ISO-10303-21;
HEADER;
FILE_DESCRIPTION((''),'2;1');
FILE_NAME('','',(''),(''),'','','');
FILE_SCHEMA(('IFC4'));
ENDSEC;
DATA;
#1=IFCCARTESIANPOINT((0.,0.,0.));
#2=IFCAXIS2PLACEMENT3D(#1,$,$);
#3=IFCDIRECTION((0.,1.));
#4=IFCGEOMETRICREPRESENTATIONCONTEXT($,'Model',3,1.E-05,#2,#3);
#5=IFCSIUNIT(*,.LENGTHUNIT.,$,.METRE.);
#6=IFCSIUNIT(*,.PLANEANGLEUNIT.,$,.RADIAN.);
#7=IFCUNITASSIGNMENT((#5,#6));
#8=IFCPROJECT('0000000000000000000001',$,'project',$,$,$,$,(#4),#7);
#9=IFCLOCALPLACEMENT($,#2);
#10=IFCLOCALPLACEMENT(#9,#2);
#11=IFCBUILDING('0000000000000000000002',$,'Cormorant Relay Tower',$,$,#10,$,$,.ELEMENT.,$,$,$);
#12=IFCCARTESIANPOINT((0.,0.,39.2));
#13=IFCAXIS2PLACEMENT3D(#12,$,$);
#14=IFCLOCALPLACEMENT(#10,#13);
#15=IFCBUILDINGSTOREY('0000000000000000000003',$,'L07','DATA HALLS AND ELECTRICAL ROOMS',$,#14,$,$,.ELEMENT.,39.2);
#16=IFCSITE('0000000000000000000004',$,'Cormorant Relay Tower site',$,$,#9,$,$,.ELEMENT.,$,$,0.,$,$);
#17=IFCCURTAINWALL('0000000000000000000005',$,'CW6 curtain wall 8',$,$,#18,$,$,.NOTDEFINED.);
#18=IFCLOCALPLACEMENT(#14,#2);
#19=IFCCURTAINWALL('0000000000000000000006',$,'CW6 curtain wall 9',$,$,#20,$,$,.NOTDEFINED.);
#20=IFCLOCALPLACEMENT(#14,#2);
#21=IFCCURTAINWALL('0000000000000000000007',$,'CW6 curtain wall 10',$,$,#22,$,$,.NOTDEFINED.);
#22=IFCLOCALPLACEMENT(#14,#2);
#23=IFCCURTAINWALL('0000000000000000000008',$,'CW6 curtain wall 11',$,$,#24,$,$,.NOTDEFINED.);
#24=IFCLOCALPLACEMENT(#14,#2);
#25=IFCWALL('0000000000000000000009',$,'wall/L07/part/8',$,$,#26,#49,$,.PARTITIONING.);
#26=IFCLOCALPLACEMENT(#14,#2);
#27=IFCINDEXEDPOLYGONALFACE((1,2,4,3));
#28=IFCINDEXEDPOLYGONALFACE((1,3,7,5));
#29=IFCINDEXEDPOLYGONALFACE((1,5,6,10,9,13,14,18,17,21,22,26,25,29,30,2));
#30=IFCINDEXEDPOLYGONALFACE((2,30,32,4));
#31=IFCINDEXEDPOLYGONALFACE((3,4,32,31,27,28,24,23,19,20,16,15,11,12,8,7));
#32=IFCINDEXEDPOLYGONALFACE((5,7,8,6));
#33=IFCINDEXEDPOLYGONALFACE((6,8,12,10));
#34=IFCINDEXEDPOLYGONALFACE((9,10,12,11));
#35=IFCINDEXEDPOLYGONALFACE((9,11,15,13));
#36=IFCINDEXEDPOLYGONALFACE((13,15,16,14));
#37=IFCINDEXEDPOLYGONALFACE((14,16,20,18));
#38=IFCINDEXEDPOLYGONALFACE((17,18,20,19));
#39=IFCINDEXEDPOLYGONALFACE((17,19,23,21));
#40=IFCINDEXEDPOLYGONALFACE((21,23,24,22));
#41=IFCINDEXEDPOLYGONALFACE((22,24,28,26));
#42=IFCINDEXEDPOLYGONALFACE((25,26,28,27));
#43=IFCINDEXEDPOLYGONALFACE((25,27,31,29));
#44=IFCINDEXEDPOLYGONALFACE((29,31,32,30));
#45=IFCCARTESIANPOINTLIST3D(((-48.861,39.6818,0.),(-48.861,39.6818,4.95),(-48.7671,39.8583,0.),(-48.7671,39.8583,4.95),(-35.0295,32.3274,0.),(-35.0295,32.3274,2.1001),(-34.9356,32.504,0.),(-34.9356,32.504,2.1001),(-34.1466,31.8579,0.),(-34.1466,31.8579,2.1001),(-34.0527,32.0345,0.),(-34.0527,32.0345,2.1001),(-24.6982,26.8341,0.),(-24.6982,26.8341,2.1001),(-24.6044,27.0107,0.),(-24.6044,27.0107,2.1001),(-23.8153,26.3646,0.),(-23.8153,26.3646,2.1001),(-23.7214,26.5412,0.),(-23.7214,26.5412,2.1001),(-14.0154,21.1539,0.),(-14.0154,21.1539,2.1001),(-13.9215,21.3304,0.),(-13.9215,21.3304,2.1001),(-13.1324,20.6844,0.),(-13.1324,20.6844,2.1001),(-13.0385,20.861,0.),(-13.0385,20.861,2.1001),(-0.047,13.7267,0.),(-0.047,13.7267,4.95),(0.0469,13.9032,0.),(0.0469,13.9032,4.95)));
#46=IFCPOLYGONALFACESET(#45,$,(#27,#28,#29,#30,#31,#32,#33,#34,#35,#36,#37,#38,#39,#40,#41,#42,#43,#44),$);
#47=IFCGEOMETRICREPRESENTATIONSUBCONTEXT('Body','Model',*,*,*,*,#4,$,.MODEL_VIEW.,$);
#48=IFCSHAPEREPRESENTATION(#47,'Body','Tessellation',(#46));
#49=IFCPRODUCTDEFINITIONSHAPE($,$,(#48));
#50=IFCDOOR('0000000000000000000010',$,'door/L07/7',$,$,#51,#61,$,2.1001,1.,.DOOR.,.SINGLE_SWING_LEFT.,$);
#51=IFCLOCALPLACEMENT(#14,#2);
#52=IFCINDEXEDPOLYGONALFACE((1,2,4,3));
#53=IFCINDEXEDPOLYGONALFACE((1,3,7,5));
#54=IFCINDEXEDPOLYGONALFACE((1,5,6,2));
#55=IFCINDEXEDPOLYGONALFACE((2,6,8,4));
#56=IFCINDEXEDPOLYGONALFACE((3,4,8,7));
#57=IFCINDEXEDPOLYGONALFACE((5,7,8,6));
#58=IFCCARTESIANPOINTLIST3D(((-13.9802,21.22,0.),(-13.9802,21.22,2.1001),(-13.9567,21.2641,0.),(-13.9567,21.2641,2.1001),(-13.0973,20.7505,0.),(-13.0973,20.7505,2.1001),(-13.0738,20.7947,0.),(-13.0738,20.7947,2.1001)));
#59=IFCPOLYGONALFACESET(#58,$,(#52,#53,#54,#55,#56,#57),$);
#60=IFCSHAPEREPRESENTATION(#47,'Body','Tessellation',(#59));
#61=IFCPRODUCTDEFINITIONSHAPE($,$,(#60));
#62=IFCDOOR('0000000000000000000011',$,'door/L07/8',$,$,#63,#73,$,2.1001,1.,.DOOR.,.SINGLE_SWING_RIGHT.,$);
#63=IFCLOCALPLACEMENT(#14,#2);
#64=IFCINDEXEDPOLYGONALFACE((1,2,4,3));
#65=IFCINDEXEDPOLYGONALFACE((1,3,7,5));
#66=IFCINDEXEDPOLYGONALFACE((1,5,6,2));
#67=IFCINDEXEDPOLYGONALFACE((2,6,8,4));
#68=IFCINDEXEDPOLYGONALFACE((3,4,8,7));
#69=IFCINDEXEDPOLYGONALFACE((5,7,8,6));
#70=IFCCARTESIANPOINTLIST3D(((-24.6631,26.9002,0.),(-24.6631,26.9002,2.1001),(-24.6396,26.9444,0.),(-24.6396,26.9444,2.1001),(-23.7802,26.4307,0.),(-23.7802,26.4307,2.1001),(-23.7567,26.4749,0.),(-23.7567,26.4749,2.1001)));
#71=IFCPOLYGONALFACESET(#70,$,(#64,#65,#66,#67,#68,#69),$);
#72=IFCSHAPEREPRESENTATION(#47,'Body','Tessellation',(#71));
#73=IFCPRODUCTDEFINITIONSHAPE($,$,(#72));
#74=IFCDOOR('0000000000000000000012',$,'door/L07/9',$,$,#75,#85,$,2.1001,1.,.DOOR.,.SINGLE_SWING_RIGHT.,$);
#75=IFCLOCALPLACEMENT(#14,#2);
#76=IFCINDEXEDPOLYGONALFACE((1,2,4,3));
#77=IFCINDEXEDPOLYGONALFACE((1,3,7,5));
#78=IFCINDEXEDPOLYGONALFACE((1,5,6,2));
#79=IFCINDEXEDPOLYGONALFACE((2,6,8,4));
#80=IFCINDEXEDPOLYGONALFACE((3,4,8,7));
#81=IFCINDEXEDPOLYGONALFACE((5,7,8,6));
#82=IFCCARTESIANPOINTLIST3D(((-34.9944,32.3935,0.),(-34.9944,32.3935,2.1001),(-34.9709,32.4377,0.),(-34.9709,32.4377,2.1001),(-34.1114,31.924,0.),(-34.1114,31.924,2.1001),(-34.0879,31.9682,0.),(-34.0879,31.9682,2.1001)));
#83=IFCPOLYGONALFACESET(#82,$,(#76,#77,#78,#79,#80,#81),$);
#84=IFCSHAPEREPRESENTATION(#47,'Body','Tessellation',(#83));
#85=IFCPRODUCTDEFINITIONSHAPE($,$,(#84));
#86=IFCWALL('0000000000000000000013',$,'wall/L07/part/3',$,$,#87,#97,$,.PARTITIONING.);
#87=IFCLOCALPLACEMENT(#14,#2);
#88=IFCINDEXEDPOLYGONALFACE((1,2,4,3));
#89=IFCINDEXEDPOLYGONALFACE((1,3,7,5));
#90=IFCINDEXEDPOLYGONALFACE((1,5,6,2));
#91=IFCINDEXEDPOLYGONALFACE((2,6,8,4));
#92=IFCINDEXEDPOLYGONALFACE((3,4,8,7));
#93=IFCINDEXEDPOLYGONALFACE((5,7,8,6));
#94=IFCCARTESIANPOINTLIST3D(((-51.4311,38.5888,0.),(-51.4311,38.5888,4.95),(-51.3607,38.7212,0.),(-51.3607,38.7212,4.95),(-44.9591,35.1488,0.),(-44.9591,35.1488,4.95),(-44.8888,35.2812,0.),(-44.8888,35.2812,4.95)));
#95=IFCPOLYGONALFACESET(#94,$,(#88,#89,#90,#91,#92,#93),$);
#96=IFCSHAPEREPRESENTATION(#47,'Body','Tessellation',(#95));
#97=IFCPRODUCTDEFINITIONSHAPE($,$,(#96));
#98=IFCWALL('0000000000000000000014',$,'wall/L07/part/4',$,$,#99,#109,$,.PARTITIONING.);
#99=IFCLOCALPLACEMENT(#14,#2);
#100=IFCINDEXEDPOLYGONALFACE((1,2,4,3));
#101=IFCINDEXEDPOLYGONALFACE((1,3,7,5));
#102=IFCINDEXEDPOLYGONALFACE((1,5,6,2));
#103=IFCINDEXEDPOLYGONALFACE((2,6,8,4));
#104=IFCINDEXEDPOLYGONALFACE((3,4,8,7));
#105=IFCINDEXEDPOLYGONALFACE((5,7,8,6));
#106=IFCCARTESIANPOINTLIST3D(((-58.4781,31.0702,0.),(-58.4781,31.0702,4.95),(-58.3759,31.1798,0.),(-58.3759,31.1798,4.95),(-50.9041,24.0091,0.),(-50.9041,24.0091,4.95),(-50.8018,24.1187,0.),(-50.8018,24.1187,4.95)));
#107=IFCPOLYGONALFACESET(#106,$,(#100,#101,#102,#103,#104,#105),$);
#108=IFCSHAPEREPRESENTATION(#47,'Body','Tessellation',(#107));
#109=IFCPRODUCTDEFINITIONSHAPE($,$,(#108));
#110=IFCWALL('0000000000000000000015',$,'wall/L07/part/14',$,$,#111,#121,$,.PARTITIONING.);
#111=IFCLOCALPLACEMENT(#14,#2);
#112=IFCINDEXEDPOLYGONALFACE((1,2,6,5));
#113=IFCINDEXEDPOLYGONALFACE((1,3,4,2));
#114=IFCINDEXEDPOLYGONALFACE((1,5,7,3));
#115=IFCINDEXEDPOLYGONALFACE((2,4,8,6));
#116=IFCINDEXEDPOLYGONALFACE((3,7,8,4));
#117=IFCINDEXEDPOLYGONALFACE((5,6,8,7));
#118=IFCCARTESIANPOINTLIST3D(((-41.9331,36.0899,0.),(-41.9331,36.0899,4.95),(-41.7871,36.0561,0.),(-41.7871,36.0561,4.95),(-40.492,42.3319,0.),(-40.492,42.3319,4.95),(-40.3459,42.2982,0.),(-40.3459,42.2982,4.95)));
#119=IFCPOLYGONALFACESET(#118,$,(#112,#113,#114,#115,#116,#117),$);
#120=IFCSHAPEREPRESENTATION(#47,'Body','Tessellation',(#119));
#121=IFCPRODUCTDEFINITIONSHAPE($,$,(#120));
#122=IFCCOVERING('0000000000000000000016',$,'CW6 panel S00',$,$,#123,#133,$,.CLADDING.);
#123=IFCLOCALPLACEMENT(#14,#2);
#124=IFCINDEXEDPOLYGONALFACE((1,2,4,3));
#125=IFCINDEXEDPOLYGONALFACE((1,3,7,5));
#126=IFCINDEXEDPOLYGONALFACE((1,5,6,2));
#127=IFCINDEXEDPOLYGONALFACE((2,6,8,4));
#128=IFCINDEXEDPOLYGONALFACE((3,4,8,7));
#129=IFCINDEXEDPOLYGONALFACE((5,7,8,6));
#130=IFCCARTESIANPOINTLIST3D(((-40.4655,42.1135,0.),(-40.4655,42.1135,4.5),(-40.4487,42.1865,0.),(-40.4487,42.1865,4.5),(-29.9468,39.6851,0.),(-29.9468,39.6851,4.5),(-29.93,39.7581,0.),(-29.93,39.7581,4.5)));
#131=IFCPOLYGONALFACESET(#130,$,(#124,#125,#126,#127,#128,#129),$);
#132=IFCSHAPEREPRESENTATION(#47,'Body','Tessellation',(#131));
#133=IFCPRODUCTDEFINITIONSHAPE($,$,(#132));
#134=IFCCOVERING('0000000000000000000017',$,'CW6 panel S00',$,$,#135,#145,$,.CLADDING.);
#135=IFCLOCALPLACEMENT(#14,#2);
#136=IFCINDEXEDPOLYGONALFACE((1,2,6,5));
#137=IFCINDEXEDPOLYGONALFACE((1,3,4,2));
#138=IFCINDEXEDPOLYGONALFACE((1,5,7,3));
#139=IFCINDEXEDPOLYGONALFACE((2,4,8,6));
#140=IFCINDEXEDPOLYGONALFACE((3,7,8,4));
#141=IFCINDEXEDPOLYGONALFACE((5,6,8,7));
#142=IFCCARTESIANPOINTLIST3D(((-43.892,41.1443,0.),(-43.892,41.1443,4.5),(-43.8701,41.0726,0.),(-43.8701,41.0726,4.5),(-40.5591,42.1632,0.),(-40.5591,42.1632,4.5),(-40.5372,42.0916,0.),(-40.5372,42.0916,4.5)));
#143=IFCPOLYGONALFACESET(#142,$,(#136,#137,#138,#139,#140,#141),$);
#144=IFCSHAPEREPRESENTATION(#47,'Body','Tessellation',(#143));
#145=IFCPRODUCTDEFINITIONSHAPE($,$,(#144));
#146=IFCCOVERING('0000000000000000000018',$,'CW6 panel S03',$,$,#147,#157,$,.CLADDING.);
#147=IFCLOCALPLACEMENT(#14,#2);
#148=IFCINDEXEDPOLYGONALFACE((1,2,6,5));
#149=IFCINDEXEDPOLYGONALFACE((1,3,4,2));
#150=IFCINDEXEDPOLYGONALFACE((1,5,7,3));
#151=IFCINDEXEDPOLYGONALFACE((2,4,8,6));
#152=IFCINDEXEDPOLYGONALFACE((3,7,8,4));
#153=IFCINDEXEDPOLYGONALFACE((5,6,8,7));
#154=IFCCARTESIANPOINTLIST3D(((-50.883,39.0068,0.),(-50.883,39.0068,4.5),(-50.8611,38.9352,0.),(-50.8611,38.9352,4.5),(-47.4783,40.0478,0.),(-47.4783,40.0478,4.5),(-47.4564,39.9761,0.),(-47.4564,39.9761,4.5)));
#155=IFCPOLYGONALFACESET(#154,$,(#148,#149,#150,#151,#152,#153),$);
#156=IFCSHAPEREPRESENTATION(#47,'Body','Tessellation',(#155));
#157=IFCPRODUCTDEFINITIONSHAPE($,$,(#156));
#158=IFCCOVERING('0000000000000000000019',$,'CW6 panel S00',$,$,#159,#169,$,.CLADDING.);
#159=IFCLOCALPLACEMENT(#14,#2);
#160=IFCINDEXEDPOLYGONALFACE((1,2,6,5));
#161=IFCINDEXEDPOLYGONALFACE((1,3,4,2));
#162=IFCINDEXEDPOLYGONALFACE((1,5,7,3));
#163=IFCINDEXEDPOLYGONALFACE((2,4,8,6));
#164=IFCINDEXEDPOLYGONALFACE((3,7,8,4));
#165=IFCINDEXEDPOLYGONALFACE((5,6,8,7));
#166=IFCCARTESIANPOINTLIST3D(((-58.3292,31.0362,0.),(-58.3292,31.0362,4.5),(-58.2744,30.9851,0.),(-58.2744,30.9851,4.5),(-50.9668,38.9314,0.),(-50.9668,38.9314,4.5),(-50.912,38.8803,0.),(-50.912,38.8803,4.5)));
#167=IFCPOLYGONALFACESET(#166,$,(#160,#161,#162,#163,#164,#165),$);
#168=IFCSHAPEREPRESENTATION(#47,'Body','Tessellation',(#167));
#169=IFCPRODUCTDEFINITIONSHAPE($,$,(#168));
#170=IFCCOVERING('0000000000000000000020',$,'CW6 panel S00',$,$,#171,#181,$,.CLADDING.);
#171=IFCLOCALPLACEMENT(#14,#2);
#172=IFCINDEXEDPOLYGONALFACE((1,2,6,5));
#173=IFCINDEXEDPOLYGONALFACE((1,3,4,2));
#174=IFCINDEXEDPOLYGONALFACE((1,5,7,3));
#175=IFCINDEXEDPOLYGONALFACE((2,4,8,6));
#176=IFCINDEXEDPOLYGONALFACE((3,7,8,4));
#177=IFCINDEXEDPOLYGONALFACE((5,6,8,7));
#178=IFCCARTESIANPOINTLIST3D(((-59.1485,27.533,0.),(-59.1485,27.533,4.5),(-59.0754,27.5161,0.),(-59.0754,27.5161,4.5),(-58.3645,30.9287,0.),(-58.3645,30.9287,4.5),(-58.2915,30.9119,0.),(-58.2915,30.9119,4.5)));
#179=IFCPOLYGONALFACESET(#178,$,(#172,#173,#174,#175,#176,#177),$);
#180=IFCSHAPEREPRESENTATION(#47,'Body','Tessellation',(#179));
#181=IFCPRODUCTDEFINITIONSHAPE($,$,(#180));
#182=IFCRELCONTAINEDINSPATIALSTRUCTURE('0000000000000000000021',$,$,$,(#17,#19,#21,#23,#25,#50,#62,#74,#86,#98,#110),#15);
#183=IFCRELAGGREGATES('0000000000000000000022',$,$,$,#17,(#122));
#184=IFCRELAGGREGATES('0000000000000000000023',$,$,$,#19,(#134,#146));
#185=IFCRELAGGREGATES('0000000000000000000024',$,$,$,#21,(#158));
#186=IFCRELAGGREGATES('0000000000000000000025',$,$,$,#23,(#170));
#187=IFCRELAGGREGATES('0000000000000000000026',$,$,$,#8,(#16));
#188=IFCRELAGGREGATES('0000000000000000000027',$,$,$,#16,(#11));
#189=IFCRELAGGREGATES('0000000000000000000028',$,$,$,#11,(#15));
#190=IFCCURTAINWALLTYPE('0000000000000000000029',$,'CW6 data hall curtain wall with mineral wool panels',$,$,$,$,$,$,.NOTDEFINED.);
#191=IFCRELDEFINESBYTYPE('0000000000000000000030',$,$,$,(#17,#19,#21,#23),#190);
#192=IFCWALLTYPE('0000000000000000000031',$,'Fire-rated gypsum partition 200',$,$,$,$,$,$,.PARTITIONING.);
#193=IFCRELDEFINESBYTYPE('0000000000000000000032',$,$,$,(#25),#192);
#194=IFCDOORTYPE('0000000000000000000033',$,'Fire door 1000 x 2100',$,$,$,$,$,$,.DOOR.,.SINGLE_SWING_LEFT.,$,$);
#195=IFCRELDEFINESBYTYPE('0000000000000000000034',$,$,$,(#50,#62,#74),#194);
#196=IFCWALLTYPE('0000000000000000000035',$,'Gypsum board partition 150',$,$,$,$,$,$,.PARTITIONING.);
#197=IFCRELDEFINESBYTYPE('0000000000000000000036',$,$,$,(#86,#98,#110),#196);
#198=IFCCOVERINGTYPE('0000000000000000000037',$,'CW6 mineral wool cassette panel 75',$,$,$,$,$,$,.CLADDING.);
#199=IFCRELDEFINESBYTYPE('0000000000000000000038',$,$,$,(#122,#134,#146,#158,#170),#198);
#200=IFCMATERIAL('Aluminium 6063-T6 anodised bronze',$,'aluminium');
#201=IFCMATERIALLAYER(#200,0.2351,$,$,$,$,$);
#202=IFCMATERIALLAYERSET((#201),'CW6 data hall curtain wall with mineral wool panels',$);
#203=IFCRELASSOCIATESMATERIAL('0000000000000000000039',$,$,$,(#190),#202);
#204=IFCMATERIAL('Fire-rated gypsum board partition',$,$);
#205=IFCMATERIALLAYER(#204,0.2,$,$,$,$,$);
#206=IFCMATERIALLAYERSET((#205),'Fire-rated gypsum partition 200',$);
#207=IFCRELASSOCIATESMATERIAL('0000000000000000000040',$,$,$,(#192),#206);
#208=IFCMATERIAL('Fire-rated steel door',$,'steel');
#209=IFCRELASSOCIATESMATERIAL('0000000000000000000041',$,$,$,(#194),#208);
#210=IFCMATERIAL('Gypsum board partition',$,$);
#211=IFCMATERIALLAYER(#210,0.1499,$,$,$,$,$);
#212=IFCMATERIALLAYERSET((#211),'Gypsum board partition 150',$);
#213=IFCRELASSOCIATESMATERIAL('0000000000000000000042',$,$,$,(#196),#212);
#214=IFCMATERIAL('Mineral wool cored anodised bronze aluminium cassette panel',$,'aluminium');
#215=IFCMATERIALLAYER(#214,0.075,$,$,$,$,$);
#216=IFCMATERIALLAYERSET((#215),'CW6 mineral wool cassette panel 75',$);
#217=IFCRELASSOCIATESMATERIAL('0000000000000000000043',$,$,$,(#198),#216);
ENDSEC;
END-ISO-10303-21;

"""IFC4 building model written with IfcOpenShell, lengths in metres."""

from ifc_helpers import new_model, si_unit, direction, frame, frame_2d, origin, origin_2d, place, context, subcontext, project, spatial, rectangle, extrude, material, layer, layer_set, type_object, element, fill, aggregate, save


model = new_model("IFC4")

# Units and contexts
model_context = context("Model", 3, precision=1e-05, world=origin(), true_north=direction((0.0, 1.0)))
body_context = subcontext(model_context, "Body", "Model", "MODEL_VIEW")
ifc_project = project(units=[si_unit("LENGTHUNIT", "METRE"), si_unit("PLANEANGLEUNIT", "RADIAN")], contexts=[model_context])

# Site, building, storey
site_placement = place(None, origin())
site = spatial("IfcSite", under=ifc_project, at=site_placement, Name="Cormorant Relay Tower site", CompositionType="ELEMENT", RefElevation=0.0)
building_placement = place(site_placement, origin())
building = spatial("IfcBuilding", under=site, at=building_placement, Name="Cormorant Relay Tower", CompositionType="ELEMENT")
storey_placement = place(building_placement, frame((0.0, 0.0, 39.2)))
storey = spatial("IfcBuildingStorey", under=building, at=storey_placement, Name="L07", Description="DATA HALLS AND ELECTRICAL ROOMS", CompositionType="ELEMENT", Elevation=39.2)

# Curtain wall
ifc_material_1 = material(Name="Aluminium 6063-T6 anodised bronze", Category="aluminium")
ifc_layer_1 = layer(ifc_material_1, 0.2351)
ifc_layer_set_1 = layer_set([ifc_layer_1], Name="CW6 data hall curtain wall with mineral wool panels")
curtain_wall_type = type_object("IfcCurtainWallType", Name="CW6 data hall curtain wall with mineral wool panels", PredefinedType="NOTDEFINED", material=ifc_layer_set_1)
curtain_wall_1_placement = place(storey_placement, origin())
curtain_wall_1 = element("IfcCurtainWall", 1, at=curtain_wall_1_placement, inside=storey, type_object=curtain_wall_type, Name="CW6 curtain wall 8", PredefinedType="NOTDEFINED")

# Curtain walls
curtain_wall_2_placement = place(storey_placement, origin())
curtain_wall_2 = element("IfcCurtainWall", 2, at=curtain_wall_2_placement, inside=storey, type_object=curtain_wall_type, Name="CW6 curtain wall 9", PredefinedType="NOTDEFINED")
curtain_wall_3_placement = place(storey_placement, origin())
curtain_wall_3 = element("IfcCurtainWall", 3, at=curtain_wall_3_placement, inside=storey, type_object=curtain_wall_type, Name="CW6 curtain wall 10", PredefinedType="NOTDEFINED")

# Curtain wall
curtain_wall_4_placement = place(storey_placement, origin())
curtain_wall_4 = element("IfcCurtainWall", 4, at=curtain_wall_4_placement, inside=storey, type_object=curtain_wall_type, Name="CW6 curtain wall 11", PredefinedType="NOTDEFINED")

# Wall, openings, doors
ifc_material_2 = material(Name="Fire-rated gypsum board partition")
ifc_layer_2 = layer(ifc_material_2, 0.2)
ifc_layer_set_2 = layer_set([ifc_layer_2], Name="Fire-rated gypsum partition 200")
wall_type_1 = type_object("IfcWallType", Name="Fire-rated gypsum partition 200", PredefinedType="PARTITIONING", material=ifc_layer_set_2)
wall_1_placement = place(storey_placement, frame((-48.814, 39.77, 0.0), z_axis=(0.0, 0.0, 1.0), x_axis=(0.882946, -0.469475, 0.0)))
wall_1 = element("IfcWall", 5, at=wall_1_placement, inside=storey, type_object=wall_type_1, Name="wall/L07/part/8", PredefinedType="PARTITIONING", context=body_context, shape_type="SweptSolid", body=[
    extrude(rectangle(XDim=55.2854, YDim=0.2, at=frame_2d((27.6426, 0.0))), origin(), (0.0, 0.0, 1.0), 4.95),
])
opening_1_placement = place(wall_1_placement, frame((39.4651, 0.0, 0.0)))
opening_1 = element("IfcOpeningElement", 6, at=opening_1_placement, cuts=wall_1, PredefinedType="OPENING", context=body_context, shape_type="SweptSolid", body=[
    extrude(rectangle(XDim=1.0, YDim=2.1001, at=frame_2d((0.5, 1.05))), frame((0.0, 0.1099, 0.0), z_axis=(0.0, -1.0, 0.0), x_axis=(1.0, 0.0, 0.0)), (0.0, 0.0, 1.0), 0.22),
])
opening_2_placement = place(wall_1_placement, frame((27.366, 0.0, 0.0)))
opening_2 = element("IfcOpeningElement", 7, at=opening_2_placement, cuts=wall_1, PredefinedType="OPENING", context=body_context, shape_type="SweptSolid", body=[
    extrude(rectangle(XDim=1.0, YDim=2.1001, at=frame_2d((0.5, 1.05))), frame((0.0, 0.1099, 0.0), z_axis=(0.0, -1.0, 0.0), x_axis=(1.0, 0.0, 0.0)), (0.0, 0.0, 1.0), 0.22),
])
opening_3_placement = place(wall_1_placement, frame((15.665, 0.0, 0.0)))
opening_3 = element("IfcOpeningElement", 8, at=opening_3_placement, cuts=wall_1, PredefinedType="OPENING", context=body_context, shape_type="SweptSolid", body=[
    extrude(rectangle(XDim=1.0, YDim=2.1001, at=frame_2d((0.5, 1.05))), frame((0.0, 0.1099, 0.0), z_axis=(0.0, -1.0, 0.0), x_axis=(1.0, 0.0, 0.0)), (0.0, 0.0, 1.0), 0.22),
])
ifc_material_3 = material(Name="Fire-rated steel door", Category="steel")
door_type_1 = type_object("IfcDoorType", Name="Fire door 1000 x 2100", OperationType="SINGLE_SWING_LEFT", PredefinedType="DOOR", material=ifc_material_3)
door_1_placement = place(opening_1_placement, origin())
door_1 = element("IfcDoor", 9, at=door_1_placement, inside=storey, type_object=door_type_1, Name="door/L07/7", OperationType="SINGLE_SWING_LEFT", OverallHeight=2.1001, OverallWidth=1.0, PredefinedType="DOOR", context=body_context, shape_type="SweptSolid", body=[
    extrude(rectangle(XDim=1.0, YDim=2.1001, at=frame_2d((0.5, 1.05))), frame((0.0, 0.0249, 0.0), z_axis=(0.0, -1.0, 0.0), x_axis=(1.0, 0.0, 0.0)), (0.0, 0.0, 1.0), 0.05),
])
fill(opening_1, door_1)
door_2_placement = place(opening_2_placement, origin())
door_2 = element("IfcDoor", 10, at=door_2_placement, inside=storey, type_object=door_type_1, Name="door/L07/8", OperationType="SINGLE_SWING_RIGHT", OverallHeight=2.1001, OverallWidth=1.0, PredefinedType="DOOR", context=body_context, shape_type="SweptSolid", body=[
    extrude(rectangle(XDim=1.0, YDim=2.1001, at=frame_2d((0.5, 1.05))), frame((0.0, 0.0249, 0.0), z_axis=(0.0, -1.0, 0.0), x_axis=(1.0, 0.0, 0.0)), (0.0, 0.0, 1.0), 0.05),
])
fill(opening_2, door_2)
door_3_placement = place(opening_3_placement, origin())
door_3 = element("IfcDoor", 11, at=door_3_placement, inside=storey, type_object=door_type_1, Name="door/L07/9", OperationType="SINGLE_SWING_RIGHT", OverallHeight=2.1001, OverallWidth=1.0, PredefinedType="DOOR", context=body_context, shape_type="SweptSolid", body=[
    extrude(rectangle(XDim=1.0, YDim=2.1001, at=frame_2d((0.5, 1.05))), frame((0.0, 0.0249, 0.0), z_axis=(0.0, -1.0, 0.0), x_axis=(1.0, 0.0, 0.0)), (0.0, 0.0, 1.0), 0.05),
])
fill(opening_3, door_3)

# Walls
ifc_material_4 = material(Name="Gypsum board partition")
ifc_layer_3 = layer(ifc_material_4, 0.1499)
ifc_layer_set_3 = layer_set([ifc_layer_3], Name="Gypsum board partition 150")
wall_type_2 = type_object("IfcWallType", Name="Gypsum board partition 150", PredefinedType="PARTITIONING", material=ifc_layer_set_3)
wall_2_placement = place(storey_placement, frame((-44.9241, 35.2151, 0.0), z_axis=(0.0, 0.0, 1.0), x_axis=(-0.883018, 0.469339, 0.0)))
element("IfcWall", 12, at=wall_2_placement, inside=storey, type_object=wall_type_2, Name="wall/L07/part/3", PredefinedType="PARTITIONING", context=body_context, shape_type="SweptSolid", body=[
    extrude(rectangle(XDim=7.3293, YDim=0.1499, at=frame_2d((3.6646, 0.0))), origin(), (0.0, 0.0, 1.0), 4.95),
])
wall_3_placement = place(storey_placement, frame((-58.427, 31.125, 0.0), z_axis=(0.0, 0.0, 1.0), x_axis=(0.731441, -0.681905, 0.0)))
element("IfcWall", 13, at=wall_3_placement, inside=storey, type_object=wall_type_2, Name="wall/L07/part/4", PredefinedType="PARTITIONING", context=body_context, shape_type="SweptSolid", body=[
    extrude(rectangle(XDim=10.355, YDim=0.1499, at=frame_2d((5.1775, 0.0))), origin(), (0.0, 0.0, 1.0), 4.95),
])
wall_4_placement = place(storey_placement, frame((-41.8601, 36.073, 0.0), z_axis=(0.0, 0.0, 1.0), x_axis=(0.224965, 0.974367, 0.0)))
element("IfcWall", 14, at=wall_4_placement, inside=storey, type_object=wall_type_2, Name="wall/L07/part/14", PredefinedType="PARTITIONING", context=body_context, shape_type="SweptSolid", body=[
    extrude(rectangle(XDim=6.4062, YDim=0.1499, at=frame_2d((3.2031, 0.0))), origin(), (0.0, 0.0, 1.0), 4.95),
])

# Coverings
ifc_material_5 = material(Name="Mineral wool cored anodised bronze aluminium cassette panel", Category="aluminium")
ifc_layer_4 = layer(ifc_material_5, 0.075)
ifc_layer_set_4 = layer_set([ifc_layer_4], Name="CW6 mineral wool cassette panel 75")
covering_type = type_object("IfcCoveringType", Name="CW6 mineral wool cassette panel 75", PredefinedType="CLADDING", material=ifc_layer_set_4)
covering_1_placement = place(storey_placement, frame((-35.1978, 40.9358, 0.0), z_axis=(0.0, 0.0, 1.0), x_axis=(-0.97437, 0.224951, 0.0)))
covering_1 = element("IfcCovering", 15, at=covering_1_placement, type_object=covering_type, Name="CW6 panel S00", PredefinedType="CLADDING", context=body_context, shape_type="SweptSolid", body=[
    extrude(rectangle(XDim=10.7954, YDim=0.075, at=origin_2d()), origin(), (0.0, 0.0, 1.0), 4.5),
])
aggregate(curtain_wall_1, [covering_1])
covering_2_placement = place(storey_placement, frame((-42.2146, 41.6179, 0.0), z_axis=(0.0, 0.0, 1.0), x_axis=(-0.956305, -0.292372, 0.0)))
covering_2 = element("IfcCovering", 16, at=covering_2_placement, type_object=covering_type, Name="CW6 panel S00", PredefinedType="CLADDING", context=body_context, shape_type="SweptSolid", body=[
    extrude(rectangle(XDim=3.4851, YDim=0.075, at=origin_2d()), origin(), (0.0, 0.0, 1.0), 4.5),
])
covering_3_placement = place(storey_placement, frame((-49.1697, 39.4915, 0.0), z_axis=(0.0, 0.0, 1.0), x_axis=(-0.956305, -0.292372, 0.0)))
covering_3 = element("IfcCovering", 17, at=covering_3_placement, type_object=covering_type, Name="CW6 panel S03", PredefinedType="CLADDING", context=body_context, shape_type="SweptSolid", body=[
    extrude(rectangle(XDim=3.5603, YDim=0.075, at=origin_2d()), origin(), (0.0, 0.0, 1.0), 4.5),
])
aggregate(curtain_wall_2, [covering_2, covering_3])
covering_4_placement = place(storey_placement, frame((-54.6206, 34.9583, 0.0), z_axis=(0.0, 0.0, 1.0), x_axis=(-0.681998, -0.731354, 0.0)))
covering_4 = element("IfcCovering", 18, at=covering_4_placement, type_object=covering_type, Name="CW6 panel S00", PredefinedType="CLADDING", context=body_context, shape_type="SweptSolid", body=[
    extrude(rectangle(XDim=10.7954, YDim=0.075, at=origin_2d()), origin(), (0.0, 0.0, 1.0), 4.5),
])
aggregate(curtain_wall_3, [covering_4])
covering_5_placement = place(storey_placement, frame((-58.72, 29.2224, 0.0), z_axis=(0.0, 0.0, 1.0), x_axis=(-0.224951, -0.97437, 0.0)))
covering_5 = element("IfcCovering", 19, at=covering_5_placement, type_object=covering_type, Name="CW6 panel S00", PredefinedType="CLADDING", context=body_context, shape_type="SweptSolid", body=[
    extrude(rectangle(XDim=3.4851, YDim=0.075, at=origin_2d()), origin(), (0.0, 0.0, 1.0), 4.5),
])
aggregate(curtain_wall_4, [covering_5])

save(model, "model.ifc")
